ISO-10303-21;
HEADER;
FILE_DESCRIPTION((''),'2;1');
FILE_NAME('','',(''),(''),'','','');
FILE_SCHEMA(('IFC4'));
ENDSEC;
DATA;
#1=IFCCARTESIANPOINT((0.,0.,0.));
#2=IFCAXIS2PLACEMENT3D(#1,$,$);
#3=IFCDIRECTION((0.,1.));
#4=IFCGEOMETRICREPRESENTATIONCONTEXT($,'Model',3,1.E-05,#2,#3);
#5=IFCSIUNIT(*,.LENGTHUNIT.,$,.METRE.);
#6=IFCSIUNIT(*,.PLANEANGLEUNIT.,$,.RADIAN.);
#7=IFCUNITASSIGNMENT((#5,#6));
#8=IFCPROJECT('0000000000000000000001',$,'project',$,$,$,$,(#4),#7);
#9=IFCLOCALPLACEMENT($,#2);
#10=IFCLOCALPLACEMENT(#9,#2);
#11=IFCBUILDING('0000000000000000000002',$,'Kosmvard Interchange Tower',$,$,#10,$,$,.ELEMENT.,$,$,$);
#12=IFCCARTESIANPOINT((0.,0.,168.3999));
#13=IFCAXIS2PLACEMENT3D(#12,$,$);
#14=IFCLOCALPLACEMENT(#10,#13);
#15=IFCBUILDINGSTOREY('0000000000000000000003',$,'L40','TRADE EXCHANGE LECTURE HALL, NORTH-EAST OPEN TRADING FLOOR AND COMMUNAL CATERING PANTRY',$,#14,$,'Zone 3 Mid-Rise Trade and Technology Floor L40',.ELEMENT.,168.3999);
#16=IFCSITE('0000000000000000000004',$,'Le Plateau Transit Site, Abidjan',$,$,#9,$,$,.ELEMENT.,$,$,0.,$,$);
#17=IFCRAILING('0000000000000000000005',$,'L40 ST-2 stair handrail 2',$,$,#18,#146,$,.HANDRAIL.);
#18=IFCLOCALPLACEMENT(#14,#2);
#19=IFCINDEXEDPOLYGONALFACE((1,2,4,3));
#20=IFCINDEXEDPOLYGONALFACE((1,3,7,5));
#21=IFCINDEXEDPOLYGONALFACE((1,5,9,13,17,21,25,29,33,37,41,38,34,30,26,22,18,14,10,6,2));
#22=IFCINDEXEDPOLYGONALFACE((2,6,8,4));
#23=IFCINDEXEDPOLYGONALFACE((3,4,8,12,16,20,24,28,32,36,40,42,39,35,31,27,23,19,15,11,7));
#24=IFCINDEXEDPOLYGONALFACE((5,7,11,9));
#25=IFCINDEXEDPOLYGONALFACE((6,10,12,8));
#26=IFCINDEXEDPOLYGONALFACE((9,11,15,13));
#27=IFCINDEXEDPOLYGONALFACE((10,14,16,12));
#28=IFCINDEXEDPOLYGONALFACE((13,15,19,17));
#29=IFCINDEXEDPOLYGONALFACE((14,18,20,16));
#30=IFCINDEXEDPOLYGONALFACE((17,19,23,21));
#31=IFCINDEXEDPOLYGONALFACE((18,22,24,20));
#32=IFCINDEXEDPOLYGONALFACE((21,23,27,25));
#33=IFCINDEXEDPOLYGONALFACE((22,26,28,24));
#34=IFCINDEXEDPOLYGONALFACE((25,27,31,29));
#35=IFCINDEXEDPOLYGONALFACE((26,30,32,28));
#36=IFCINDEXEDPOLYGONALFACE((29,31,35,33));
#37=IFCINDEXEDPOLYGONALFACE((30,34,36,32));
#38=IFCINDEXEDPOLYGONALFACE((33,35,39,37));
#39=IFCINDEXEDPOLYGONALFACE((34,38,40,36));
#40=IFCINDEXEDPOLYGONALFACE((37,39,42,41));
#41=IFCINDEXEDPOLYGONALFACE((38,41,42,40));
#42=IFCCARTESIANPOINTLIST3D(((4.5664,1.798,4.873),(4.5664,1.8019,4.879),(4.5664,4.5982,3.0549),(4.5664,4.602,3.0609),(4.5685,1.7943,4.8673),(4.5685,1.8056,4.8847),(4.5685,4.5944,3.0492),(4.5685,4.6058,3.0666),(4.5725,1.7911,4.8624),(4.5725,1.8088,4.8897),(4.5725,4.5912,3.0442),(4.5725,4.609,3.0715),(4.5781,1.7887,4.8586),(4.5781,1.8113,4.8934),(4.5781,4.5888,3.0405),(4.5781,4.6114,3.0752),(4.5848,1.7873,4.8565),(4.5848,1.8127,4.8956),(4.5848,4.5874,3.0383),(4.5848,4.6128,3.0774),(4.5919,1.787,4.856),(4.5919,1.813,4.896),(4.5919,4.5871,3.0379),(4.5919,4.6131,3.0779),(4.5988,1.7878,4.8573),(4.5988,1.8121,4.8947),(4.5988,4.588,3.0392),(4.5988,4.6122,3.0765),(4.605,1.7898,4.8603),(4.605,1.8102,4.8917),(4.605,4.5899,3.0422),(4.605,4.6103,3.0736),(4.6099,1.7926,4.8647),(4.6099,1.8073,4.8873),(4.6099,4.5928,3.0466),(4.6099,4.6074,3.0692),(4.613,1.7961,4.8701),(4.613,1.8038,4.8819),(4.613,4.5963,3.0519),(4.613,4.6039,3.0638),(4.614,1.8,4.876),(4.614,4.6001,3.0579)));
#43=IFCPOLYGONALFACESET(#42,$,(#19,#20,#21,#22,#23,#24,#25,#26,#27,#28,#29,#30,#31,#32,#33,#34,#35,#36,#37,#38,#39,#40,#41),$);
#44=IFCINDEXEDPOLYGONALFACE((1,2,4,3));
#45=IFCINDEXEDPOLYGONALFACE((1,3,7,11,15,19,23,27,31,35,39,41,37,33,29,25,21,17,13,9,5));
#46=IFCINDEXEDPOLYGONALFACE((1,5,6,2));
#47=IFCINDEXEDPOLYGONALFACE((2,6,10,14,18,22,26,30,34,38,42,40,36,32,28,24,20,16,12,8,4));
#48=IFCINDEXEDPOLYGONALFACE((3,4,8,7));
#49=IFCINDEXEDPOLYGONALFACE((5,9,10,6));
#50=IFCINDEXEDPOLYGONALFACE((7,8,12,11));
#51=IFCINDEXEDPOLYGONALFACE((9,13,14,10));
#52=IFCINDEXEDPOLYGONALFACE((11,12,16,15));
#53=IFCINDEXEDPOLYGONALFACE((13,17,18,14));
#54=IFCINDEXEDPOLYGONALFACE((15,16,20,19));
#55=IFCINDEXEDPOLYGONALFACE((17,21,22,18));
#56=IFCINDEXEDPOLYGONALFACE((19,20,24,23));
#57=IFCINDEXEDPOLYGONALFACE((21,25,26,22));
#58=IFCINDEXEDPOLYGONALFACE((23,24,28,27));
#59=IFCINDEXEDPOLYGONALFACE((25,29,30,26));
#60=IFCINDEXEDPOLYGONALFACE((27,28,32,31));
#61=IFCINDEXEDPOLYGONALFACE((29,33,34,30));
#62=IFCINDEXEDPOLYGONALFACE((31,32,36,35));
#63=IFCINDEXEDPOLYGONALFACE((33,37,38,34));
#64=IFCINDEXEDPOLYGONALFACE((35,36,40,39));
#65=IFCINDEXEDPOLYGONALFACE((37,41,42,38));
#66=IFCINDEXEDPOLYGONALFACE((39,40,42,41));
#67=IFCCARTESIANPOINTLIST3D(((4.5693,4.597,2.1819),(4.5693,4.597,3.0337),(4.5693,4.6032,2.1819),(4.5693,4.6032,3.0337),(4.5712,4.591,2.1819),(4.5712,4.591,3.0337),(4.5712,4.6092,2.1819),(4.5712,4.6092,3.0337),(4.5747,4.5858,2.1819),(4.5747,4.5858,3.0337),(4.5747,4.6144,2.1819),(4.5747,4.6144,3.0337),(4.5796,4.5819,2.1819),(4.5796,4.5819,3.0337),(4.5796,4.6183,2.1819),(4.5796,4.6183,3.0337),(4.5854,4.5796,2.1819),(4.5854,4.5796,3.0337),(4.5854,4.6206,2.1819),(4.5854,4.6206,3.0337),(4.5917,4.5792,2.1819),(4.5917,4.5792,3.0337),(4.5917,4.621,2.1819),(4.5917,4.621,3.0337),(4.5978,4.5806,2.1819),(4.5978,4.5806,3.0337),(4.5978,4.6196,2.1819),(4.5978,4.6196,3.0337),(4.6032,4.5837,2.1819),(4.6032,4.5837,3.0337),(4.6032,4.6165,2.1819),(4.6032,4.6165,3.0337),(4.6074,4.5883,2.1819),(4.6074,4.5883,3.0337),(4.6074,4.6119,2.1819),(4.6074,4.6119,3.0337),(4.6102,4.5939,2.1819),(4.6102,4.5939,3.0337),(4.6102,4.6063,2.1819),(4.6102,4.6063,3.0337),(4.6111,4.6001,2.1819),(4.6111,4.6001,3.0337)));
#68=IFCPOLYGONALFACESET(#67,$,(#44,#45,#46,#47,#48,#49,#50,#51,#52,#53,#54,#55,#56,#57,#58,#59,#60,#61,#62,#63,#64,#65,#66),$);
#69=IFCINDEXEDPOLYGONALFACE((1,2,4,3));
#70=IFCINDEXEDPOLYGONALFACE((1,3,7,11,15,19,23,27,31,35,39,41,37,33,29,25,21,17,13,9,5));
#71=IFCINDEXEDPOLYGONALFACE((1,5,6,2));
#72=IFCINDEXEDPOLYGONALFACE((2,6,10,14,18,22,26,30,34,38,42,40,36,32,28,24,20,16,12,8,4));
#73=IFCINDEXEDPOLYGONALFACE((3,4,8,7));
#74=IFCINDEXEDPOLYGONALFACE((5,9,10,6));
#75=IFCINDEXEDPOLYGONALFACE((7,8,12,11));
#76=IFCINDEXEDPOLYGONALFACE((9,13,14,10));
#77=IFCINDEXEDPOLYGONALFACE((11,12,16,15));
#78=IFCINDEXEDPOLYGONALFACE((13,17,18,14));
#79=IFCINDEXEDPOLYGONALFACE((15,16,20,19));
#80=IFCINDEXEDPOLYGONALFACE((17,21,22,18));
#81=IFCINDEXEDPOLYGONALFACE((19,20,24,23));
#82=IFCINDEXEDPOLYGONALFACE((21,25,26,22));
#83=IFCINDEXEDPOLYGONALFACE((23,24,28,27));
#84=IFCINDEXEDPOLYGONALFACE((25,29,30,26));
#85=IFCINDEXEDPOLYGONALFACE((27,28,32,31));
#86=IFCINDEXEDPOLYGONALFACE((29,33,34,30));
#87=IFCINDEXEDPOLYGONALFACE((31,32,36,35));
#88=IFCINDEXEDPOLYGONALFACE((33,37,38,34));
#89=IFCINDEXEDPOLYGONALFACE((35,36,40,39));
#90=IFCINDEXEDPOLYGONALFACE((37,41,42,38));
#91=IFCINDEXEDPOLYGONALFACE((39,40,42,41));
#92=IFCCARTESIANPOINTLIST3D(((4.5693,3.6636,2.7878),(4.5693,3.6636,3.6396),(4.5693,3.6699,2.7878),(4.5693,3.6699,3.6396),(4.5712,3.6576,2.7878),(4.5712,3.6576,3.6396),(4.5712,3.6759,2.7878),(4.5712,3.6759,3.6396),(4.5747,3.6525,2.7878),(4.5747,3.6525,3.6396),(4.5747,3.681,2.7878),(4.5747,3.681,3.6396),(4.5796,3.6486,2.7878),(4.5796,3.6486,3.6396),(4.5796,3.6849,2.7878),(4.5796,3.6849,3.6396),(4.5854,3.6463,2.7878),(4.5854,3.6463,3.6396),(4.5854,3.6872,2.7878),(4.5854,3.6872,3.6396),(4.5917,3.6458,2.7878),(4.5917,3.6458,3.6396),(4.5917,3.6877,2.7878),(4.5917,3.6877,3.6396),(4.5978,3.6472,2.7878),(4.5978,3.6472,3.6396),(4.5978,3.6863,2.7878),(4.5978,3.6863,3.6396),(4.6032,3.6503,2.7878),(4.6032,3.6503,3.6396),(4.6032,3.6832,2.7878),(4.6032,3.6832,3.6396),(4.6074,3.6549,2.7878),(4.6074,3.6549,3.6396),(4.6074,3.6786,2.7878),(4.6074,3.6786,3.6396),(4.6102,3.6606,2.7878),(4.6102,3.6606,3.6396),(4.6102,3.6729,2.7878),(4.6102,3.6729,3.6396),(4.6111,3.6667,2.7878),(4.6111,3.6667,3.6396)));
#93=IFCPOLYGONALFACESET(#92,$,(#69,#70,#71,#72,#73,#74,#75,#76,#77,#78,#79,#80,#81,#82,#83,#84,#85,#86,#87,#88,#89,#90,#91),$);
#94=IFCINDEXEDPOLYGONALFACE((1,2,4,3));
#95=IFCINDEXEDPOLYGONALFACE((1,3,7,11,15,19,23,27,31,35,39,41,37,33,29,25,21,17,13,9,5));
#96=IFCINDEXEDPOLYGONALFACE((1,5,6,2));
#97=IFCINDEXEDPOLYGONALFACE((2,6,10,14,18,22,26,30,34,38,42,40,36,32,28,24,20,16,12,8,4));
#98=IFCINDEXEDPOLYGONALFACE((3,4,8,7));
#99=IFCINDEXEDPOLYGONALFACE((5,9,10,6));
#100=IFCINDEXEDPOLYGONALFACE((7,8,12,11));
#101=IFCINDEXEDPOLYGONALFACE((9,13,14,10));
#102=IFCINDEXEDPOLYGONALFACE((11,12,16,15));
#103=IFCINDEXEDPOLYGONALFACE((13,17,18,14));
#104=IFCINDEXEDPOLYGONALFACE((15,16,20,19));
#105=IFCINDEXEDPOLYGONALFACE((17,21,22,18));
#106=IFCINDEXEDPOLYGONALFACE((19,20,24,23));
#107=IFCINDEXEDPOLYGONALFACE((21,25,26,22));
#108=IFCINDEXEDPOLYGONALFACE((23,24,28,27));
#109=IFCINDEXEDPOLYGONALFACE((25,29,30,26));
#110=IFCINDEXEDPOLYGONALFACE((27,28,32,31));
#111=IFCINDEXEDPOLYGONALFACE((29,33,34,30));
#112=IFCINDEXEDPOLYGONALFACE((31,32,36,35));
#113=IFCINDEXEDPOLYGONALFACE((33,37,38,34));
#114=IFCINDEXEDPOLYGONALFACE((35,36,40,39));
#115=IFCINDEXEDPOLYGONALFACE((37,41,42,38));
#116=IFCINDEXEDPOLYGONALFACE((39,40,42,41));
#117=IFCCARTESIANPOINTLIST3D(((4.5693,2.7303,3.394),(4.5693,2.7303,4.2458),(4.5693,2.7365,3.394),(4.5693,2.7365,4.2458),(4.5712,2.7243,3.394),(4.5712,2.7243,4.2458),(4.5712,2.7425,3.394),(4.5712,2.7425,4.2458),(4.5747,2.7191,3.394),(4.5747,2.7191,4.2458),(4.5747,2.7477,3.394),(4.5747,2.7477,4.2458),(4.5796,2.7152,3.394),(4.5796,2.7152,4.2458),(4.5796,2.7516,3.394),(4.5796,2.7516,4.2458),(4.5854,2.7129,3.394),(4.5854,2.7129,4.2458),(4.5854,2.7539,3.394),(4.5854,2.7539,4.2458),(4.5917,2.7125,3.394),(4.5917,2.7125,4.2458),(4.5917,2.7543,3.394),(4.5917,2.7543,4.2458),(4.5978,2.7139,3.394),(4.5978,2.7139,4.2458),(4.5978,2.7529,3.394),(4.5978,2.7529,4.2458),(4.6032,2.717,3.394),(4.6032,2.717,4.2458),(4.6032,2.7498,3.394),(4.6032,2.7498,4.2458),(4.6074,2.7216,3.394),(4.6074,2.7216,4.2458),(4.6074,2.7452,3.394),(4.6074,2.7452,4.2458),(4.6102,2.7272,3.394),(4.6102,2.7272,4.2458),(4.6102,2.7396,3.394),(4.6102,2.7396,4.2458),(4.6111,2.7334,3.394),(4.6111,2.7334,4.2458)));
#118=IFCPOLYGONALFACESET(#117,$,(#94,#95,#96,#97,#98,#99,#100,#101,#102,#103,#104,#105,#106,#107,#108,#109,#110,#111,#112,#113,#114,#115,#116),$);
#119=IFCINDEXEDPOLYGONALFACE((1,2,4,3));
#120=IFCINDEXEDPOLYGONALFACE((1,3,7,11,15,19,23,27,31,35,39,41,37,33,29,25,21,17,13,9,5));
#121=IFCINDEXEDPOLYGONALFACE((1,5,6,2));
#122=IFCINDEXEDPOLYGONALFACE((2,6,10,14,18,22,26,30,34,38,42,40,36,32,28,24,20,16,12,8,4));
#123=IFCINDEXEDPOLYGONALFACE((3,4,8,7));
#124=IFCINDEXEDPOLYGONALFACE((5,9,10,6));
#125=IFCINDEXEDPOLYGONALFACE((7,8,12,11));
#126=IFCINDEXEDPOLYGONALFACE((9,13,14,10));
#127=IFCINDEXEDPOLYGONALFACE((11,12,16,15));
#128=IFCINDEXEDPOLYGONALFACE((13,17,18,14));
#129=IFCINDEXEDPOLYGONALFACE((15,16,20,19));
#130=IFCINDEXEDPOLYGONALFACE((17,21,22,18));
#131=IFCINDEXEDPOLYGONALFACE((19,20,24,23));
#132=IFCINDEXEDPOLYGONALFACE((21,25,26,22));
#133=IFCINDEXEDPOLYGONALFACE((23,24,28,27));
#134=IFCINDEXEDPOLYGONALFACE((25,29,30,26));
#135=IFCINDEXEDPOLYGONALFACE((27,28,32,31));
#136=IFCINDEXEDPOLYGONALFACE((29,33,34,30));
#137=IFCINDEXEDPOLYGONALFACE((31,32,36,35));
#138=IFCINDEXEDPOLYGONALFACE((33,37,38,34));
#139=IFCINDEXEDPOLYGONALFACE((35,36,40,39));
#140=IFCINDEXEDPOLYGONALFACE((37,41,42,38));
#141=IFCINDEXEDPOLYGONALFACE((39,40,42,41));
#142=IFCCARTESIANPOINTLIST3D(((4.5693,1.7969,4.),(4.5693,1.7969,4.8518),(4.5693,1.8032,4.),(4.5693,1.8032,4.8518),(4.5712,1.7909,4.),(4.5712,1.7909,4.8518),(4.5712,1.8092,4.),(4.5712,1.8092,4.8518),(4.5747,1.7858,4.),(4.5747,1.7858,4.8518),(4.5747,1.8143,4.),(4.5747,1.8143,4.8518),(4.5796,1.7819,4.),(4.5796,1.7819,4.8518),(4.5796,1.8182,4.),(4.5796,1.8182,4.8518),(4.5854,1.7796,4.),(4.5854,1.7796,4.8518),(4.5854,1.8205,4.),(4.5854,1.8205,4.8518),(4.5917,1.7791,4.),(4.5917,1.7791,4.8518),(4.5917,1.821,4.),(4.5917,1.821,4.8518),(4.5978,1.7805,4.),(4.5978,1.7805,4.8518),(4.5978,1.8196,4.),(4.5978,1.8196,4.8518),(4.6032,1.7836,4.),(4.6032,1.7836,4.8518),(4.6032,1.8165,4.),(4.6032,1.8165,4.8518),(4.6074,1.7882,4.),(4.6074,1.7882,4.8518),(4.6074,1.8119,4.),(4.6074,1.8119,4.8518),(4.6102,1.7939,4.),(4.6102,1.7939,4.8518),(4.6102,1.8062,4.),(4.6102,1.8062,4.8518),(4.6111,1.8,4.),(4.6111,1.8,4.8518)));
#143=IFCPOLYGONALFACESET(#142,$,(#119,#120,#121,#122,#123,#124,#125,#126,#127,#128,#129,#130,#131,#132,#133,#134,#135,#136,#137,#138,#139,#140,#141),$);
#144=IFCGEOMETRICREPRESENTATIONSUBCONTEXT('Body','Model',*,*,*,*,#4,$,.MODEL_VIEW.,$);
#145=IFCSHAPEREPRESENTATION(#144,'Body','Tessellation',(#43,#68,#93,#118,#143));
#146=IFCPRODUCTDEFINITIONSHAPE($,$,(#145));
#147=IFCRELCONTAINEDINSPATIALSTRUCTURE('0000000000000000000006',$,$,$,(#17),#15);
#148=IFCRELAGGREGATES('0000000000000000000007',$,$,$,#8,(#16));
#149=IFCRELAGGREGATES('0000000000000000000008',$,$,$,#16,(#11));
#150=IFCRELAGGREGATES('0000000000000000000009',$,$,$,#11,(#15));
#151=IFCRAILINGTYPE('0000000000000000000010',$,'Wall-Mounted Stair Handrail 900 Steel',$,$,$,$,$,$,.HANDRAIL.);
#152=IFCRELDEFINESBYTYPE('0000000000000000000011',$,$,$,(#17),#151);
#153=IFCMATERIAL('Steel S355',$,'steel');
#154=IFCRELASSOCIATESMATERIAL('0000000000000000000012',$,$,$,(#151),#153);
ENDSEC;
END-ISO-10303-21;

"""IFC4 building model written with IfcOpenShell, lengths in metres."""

from ifc_helpers import new_model, si_unit, direction, frame, origin, origin_2d, place, context, subcontext, project, spatial, circle, extrude, source, transform, mapped, material, type_object, element, save


model = new_model("IFC4")

# Units and contexts
model_context = context("Model", 3, precision=1e-05, world=origin(), true_north=direction((0.0, 1.0)))
body_context = subcontext(model_context, "Body", "Model", "MODEL_VIEW")
ifc_project = project(units=[si_unit("LENGTHUNIT", "METRE"), si_unit("PLANEANGLEUNIT", "RADIAN")], contexts=[model_context])

# Site, building, storey
site_placement = place(None, origin())
site = spatial("IfcSite", under=ifc_project, at=site_placement, Name="Le Plateau Transit Site, Abidjan", CompositionType="ELEMENT", RefElevation=0.0)
building_placement = place(site_placement, origin())
building = spatial("IfcBuilding", under=site, at=building_placement, Name="Kosmvard Interchange Tower", CompositionType="ELEMENT")
storey_placement = place(building_placement, frame((0.0, 0.0, 168.3999)))
storey = spatial("IfcBuildingStorey", under=building, at=storey_placement, Name="L40", Description="TRADE EXCHANGE LECTURE HALL, NORTH-EAST OPEN TRADING FLOOR AND COMMUNAL CATERING PANTRY", LongName="Zone 3 Mid-Rise Trade and Technology Floor L40", CompositionType="ELEMENT", Elevation=168.3999)

# Shared definitions
ifc_material_1 = material(Name="Steel S355", Category="steel")

# Railing
railing_type_1 = type_object("IfcRailingType", Name="Wall-Mounted Stair Handrail 900 Steel", PredefinedType="HANDRAIL", material=ifc_material_1)
shared_shape_1 = source(origin(), body_context, "Body", "SweptSolid", [
    extrude(circle(Radius=0.0239, at=origin_2d()), frame((0.0, 0.0, 0.876), z_axis=(0.0, -0.838706, 0.544585), x_axis=(1.0, 0.0, 0.0)), (0.0, 0.0, 1.0), 3.3386),
    extrude(circle(Radius=0.021, at=origin_2d()), origin(), (0.0, 0.0, 1.0), 0.8518),
    extrude(circle(Radius=0.021, at=origin_2d()), frame((0.0, -0.9333, 0.606)), (0.0, 0.0, 1.0), 0.8518),
    extrude(circle(Radius=0.021, at=origin_2d()), frame((0.0, -1.8667, 1.2122)), (0.0, 0.0, 1.0), 0.8518),
    extrude(circle(Radius=0.021, at=origin_2d()), frame((0.0, -2.8, 1.8181)), (0.0, 0.0, 1.0), 0.8518),
])
railing_1_placement = place(storey_placement, frame((4.5901, 4.6001, 2.1819)))
element("IfcRailing", 1, at=railing_1_placement, inside=storey, type_object=railing_type_1, Name="L40 ST-2 stair handrail 2", PredefinedType="HANDRAIL", context=body_context, shape_type="MappedRepresentation", body=[
    mapped(shared_shape_1, transform((0.0, 0.0, 0.0), scale=1.0)),
])

save(model, "model.ifc")
